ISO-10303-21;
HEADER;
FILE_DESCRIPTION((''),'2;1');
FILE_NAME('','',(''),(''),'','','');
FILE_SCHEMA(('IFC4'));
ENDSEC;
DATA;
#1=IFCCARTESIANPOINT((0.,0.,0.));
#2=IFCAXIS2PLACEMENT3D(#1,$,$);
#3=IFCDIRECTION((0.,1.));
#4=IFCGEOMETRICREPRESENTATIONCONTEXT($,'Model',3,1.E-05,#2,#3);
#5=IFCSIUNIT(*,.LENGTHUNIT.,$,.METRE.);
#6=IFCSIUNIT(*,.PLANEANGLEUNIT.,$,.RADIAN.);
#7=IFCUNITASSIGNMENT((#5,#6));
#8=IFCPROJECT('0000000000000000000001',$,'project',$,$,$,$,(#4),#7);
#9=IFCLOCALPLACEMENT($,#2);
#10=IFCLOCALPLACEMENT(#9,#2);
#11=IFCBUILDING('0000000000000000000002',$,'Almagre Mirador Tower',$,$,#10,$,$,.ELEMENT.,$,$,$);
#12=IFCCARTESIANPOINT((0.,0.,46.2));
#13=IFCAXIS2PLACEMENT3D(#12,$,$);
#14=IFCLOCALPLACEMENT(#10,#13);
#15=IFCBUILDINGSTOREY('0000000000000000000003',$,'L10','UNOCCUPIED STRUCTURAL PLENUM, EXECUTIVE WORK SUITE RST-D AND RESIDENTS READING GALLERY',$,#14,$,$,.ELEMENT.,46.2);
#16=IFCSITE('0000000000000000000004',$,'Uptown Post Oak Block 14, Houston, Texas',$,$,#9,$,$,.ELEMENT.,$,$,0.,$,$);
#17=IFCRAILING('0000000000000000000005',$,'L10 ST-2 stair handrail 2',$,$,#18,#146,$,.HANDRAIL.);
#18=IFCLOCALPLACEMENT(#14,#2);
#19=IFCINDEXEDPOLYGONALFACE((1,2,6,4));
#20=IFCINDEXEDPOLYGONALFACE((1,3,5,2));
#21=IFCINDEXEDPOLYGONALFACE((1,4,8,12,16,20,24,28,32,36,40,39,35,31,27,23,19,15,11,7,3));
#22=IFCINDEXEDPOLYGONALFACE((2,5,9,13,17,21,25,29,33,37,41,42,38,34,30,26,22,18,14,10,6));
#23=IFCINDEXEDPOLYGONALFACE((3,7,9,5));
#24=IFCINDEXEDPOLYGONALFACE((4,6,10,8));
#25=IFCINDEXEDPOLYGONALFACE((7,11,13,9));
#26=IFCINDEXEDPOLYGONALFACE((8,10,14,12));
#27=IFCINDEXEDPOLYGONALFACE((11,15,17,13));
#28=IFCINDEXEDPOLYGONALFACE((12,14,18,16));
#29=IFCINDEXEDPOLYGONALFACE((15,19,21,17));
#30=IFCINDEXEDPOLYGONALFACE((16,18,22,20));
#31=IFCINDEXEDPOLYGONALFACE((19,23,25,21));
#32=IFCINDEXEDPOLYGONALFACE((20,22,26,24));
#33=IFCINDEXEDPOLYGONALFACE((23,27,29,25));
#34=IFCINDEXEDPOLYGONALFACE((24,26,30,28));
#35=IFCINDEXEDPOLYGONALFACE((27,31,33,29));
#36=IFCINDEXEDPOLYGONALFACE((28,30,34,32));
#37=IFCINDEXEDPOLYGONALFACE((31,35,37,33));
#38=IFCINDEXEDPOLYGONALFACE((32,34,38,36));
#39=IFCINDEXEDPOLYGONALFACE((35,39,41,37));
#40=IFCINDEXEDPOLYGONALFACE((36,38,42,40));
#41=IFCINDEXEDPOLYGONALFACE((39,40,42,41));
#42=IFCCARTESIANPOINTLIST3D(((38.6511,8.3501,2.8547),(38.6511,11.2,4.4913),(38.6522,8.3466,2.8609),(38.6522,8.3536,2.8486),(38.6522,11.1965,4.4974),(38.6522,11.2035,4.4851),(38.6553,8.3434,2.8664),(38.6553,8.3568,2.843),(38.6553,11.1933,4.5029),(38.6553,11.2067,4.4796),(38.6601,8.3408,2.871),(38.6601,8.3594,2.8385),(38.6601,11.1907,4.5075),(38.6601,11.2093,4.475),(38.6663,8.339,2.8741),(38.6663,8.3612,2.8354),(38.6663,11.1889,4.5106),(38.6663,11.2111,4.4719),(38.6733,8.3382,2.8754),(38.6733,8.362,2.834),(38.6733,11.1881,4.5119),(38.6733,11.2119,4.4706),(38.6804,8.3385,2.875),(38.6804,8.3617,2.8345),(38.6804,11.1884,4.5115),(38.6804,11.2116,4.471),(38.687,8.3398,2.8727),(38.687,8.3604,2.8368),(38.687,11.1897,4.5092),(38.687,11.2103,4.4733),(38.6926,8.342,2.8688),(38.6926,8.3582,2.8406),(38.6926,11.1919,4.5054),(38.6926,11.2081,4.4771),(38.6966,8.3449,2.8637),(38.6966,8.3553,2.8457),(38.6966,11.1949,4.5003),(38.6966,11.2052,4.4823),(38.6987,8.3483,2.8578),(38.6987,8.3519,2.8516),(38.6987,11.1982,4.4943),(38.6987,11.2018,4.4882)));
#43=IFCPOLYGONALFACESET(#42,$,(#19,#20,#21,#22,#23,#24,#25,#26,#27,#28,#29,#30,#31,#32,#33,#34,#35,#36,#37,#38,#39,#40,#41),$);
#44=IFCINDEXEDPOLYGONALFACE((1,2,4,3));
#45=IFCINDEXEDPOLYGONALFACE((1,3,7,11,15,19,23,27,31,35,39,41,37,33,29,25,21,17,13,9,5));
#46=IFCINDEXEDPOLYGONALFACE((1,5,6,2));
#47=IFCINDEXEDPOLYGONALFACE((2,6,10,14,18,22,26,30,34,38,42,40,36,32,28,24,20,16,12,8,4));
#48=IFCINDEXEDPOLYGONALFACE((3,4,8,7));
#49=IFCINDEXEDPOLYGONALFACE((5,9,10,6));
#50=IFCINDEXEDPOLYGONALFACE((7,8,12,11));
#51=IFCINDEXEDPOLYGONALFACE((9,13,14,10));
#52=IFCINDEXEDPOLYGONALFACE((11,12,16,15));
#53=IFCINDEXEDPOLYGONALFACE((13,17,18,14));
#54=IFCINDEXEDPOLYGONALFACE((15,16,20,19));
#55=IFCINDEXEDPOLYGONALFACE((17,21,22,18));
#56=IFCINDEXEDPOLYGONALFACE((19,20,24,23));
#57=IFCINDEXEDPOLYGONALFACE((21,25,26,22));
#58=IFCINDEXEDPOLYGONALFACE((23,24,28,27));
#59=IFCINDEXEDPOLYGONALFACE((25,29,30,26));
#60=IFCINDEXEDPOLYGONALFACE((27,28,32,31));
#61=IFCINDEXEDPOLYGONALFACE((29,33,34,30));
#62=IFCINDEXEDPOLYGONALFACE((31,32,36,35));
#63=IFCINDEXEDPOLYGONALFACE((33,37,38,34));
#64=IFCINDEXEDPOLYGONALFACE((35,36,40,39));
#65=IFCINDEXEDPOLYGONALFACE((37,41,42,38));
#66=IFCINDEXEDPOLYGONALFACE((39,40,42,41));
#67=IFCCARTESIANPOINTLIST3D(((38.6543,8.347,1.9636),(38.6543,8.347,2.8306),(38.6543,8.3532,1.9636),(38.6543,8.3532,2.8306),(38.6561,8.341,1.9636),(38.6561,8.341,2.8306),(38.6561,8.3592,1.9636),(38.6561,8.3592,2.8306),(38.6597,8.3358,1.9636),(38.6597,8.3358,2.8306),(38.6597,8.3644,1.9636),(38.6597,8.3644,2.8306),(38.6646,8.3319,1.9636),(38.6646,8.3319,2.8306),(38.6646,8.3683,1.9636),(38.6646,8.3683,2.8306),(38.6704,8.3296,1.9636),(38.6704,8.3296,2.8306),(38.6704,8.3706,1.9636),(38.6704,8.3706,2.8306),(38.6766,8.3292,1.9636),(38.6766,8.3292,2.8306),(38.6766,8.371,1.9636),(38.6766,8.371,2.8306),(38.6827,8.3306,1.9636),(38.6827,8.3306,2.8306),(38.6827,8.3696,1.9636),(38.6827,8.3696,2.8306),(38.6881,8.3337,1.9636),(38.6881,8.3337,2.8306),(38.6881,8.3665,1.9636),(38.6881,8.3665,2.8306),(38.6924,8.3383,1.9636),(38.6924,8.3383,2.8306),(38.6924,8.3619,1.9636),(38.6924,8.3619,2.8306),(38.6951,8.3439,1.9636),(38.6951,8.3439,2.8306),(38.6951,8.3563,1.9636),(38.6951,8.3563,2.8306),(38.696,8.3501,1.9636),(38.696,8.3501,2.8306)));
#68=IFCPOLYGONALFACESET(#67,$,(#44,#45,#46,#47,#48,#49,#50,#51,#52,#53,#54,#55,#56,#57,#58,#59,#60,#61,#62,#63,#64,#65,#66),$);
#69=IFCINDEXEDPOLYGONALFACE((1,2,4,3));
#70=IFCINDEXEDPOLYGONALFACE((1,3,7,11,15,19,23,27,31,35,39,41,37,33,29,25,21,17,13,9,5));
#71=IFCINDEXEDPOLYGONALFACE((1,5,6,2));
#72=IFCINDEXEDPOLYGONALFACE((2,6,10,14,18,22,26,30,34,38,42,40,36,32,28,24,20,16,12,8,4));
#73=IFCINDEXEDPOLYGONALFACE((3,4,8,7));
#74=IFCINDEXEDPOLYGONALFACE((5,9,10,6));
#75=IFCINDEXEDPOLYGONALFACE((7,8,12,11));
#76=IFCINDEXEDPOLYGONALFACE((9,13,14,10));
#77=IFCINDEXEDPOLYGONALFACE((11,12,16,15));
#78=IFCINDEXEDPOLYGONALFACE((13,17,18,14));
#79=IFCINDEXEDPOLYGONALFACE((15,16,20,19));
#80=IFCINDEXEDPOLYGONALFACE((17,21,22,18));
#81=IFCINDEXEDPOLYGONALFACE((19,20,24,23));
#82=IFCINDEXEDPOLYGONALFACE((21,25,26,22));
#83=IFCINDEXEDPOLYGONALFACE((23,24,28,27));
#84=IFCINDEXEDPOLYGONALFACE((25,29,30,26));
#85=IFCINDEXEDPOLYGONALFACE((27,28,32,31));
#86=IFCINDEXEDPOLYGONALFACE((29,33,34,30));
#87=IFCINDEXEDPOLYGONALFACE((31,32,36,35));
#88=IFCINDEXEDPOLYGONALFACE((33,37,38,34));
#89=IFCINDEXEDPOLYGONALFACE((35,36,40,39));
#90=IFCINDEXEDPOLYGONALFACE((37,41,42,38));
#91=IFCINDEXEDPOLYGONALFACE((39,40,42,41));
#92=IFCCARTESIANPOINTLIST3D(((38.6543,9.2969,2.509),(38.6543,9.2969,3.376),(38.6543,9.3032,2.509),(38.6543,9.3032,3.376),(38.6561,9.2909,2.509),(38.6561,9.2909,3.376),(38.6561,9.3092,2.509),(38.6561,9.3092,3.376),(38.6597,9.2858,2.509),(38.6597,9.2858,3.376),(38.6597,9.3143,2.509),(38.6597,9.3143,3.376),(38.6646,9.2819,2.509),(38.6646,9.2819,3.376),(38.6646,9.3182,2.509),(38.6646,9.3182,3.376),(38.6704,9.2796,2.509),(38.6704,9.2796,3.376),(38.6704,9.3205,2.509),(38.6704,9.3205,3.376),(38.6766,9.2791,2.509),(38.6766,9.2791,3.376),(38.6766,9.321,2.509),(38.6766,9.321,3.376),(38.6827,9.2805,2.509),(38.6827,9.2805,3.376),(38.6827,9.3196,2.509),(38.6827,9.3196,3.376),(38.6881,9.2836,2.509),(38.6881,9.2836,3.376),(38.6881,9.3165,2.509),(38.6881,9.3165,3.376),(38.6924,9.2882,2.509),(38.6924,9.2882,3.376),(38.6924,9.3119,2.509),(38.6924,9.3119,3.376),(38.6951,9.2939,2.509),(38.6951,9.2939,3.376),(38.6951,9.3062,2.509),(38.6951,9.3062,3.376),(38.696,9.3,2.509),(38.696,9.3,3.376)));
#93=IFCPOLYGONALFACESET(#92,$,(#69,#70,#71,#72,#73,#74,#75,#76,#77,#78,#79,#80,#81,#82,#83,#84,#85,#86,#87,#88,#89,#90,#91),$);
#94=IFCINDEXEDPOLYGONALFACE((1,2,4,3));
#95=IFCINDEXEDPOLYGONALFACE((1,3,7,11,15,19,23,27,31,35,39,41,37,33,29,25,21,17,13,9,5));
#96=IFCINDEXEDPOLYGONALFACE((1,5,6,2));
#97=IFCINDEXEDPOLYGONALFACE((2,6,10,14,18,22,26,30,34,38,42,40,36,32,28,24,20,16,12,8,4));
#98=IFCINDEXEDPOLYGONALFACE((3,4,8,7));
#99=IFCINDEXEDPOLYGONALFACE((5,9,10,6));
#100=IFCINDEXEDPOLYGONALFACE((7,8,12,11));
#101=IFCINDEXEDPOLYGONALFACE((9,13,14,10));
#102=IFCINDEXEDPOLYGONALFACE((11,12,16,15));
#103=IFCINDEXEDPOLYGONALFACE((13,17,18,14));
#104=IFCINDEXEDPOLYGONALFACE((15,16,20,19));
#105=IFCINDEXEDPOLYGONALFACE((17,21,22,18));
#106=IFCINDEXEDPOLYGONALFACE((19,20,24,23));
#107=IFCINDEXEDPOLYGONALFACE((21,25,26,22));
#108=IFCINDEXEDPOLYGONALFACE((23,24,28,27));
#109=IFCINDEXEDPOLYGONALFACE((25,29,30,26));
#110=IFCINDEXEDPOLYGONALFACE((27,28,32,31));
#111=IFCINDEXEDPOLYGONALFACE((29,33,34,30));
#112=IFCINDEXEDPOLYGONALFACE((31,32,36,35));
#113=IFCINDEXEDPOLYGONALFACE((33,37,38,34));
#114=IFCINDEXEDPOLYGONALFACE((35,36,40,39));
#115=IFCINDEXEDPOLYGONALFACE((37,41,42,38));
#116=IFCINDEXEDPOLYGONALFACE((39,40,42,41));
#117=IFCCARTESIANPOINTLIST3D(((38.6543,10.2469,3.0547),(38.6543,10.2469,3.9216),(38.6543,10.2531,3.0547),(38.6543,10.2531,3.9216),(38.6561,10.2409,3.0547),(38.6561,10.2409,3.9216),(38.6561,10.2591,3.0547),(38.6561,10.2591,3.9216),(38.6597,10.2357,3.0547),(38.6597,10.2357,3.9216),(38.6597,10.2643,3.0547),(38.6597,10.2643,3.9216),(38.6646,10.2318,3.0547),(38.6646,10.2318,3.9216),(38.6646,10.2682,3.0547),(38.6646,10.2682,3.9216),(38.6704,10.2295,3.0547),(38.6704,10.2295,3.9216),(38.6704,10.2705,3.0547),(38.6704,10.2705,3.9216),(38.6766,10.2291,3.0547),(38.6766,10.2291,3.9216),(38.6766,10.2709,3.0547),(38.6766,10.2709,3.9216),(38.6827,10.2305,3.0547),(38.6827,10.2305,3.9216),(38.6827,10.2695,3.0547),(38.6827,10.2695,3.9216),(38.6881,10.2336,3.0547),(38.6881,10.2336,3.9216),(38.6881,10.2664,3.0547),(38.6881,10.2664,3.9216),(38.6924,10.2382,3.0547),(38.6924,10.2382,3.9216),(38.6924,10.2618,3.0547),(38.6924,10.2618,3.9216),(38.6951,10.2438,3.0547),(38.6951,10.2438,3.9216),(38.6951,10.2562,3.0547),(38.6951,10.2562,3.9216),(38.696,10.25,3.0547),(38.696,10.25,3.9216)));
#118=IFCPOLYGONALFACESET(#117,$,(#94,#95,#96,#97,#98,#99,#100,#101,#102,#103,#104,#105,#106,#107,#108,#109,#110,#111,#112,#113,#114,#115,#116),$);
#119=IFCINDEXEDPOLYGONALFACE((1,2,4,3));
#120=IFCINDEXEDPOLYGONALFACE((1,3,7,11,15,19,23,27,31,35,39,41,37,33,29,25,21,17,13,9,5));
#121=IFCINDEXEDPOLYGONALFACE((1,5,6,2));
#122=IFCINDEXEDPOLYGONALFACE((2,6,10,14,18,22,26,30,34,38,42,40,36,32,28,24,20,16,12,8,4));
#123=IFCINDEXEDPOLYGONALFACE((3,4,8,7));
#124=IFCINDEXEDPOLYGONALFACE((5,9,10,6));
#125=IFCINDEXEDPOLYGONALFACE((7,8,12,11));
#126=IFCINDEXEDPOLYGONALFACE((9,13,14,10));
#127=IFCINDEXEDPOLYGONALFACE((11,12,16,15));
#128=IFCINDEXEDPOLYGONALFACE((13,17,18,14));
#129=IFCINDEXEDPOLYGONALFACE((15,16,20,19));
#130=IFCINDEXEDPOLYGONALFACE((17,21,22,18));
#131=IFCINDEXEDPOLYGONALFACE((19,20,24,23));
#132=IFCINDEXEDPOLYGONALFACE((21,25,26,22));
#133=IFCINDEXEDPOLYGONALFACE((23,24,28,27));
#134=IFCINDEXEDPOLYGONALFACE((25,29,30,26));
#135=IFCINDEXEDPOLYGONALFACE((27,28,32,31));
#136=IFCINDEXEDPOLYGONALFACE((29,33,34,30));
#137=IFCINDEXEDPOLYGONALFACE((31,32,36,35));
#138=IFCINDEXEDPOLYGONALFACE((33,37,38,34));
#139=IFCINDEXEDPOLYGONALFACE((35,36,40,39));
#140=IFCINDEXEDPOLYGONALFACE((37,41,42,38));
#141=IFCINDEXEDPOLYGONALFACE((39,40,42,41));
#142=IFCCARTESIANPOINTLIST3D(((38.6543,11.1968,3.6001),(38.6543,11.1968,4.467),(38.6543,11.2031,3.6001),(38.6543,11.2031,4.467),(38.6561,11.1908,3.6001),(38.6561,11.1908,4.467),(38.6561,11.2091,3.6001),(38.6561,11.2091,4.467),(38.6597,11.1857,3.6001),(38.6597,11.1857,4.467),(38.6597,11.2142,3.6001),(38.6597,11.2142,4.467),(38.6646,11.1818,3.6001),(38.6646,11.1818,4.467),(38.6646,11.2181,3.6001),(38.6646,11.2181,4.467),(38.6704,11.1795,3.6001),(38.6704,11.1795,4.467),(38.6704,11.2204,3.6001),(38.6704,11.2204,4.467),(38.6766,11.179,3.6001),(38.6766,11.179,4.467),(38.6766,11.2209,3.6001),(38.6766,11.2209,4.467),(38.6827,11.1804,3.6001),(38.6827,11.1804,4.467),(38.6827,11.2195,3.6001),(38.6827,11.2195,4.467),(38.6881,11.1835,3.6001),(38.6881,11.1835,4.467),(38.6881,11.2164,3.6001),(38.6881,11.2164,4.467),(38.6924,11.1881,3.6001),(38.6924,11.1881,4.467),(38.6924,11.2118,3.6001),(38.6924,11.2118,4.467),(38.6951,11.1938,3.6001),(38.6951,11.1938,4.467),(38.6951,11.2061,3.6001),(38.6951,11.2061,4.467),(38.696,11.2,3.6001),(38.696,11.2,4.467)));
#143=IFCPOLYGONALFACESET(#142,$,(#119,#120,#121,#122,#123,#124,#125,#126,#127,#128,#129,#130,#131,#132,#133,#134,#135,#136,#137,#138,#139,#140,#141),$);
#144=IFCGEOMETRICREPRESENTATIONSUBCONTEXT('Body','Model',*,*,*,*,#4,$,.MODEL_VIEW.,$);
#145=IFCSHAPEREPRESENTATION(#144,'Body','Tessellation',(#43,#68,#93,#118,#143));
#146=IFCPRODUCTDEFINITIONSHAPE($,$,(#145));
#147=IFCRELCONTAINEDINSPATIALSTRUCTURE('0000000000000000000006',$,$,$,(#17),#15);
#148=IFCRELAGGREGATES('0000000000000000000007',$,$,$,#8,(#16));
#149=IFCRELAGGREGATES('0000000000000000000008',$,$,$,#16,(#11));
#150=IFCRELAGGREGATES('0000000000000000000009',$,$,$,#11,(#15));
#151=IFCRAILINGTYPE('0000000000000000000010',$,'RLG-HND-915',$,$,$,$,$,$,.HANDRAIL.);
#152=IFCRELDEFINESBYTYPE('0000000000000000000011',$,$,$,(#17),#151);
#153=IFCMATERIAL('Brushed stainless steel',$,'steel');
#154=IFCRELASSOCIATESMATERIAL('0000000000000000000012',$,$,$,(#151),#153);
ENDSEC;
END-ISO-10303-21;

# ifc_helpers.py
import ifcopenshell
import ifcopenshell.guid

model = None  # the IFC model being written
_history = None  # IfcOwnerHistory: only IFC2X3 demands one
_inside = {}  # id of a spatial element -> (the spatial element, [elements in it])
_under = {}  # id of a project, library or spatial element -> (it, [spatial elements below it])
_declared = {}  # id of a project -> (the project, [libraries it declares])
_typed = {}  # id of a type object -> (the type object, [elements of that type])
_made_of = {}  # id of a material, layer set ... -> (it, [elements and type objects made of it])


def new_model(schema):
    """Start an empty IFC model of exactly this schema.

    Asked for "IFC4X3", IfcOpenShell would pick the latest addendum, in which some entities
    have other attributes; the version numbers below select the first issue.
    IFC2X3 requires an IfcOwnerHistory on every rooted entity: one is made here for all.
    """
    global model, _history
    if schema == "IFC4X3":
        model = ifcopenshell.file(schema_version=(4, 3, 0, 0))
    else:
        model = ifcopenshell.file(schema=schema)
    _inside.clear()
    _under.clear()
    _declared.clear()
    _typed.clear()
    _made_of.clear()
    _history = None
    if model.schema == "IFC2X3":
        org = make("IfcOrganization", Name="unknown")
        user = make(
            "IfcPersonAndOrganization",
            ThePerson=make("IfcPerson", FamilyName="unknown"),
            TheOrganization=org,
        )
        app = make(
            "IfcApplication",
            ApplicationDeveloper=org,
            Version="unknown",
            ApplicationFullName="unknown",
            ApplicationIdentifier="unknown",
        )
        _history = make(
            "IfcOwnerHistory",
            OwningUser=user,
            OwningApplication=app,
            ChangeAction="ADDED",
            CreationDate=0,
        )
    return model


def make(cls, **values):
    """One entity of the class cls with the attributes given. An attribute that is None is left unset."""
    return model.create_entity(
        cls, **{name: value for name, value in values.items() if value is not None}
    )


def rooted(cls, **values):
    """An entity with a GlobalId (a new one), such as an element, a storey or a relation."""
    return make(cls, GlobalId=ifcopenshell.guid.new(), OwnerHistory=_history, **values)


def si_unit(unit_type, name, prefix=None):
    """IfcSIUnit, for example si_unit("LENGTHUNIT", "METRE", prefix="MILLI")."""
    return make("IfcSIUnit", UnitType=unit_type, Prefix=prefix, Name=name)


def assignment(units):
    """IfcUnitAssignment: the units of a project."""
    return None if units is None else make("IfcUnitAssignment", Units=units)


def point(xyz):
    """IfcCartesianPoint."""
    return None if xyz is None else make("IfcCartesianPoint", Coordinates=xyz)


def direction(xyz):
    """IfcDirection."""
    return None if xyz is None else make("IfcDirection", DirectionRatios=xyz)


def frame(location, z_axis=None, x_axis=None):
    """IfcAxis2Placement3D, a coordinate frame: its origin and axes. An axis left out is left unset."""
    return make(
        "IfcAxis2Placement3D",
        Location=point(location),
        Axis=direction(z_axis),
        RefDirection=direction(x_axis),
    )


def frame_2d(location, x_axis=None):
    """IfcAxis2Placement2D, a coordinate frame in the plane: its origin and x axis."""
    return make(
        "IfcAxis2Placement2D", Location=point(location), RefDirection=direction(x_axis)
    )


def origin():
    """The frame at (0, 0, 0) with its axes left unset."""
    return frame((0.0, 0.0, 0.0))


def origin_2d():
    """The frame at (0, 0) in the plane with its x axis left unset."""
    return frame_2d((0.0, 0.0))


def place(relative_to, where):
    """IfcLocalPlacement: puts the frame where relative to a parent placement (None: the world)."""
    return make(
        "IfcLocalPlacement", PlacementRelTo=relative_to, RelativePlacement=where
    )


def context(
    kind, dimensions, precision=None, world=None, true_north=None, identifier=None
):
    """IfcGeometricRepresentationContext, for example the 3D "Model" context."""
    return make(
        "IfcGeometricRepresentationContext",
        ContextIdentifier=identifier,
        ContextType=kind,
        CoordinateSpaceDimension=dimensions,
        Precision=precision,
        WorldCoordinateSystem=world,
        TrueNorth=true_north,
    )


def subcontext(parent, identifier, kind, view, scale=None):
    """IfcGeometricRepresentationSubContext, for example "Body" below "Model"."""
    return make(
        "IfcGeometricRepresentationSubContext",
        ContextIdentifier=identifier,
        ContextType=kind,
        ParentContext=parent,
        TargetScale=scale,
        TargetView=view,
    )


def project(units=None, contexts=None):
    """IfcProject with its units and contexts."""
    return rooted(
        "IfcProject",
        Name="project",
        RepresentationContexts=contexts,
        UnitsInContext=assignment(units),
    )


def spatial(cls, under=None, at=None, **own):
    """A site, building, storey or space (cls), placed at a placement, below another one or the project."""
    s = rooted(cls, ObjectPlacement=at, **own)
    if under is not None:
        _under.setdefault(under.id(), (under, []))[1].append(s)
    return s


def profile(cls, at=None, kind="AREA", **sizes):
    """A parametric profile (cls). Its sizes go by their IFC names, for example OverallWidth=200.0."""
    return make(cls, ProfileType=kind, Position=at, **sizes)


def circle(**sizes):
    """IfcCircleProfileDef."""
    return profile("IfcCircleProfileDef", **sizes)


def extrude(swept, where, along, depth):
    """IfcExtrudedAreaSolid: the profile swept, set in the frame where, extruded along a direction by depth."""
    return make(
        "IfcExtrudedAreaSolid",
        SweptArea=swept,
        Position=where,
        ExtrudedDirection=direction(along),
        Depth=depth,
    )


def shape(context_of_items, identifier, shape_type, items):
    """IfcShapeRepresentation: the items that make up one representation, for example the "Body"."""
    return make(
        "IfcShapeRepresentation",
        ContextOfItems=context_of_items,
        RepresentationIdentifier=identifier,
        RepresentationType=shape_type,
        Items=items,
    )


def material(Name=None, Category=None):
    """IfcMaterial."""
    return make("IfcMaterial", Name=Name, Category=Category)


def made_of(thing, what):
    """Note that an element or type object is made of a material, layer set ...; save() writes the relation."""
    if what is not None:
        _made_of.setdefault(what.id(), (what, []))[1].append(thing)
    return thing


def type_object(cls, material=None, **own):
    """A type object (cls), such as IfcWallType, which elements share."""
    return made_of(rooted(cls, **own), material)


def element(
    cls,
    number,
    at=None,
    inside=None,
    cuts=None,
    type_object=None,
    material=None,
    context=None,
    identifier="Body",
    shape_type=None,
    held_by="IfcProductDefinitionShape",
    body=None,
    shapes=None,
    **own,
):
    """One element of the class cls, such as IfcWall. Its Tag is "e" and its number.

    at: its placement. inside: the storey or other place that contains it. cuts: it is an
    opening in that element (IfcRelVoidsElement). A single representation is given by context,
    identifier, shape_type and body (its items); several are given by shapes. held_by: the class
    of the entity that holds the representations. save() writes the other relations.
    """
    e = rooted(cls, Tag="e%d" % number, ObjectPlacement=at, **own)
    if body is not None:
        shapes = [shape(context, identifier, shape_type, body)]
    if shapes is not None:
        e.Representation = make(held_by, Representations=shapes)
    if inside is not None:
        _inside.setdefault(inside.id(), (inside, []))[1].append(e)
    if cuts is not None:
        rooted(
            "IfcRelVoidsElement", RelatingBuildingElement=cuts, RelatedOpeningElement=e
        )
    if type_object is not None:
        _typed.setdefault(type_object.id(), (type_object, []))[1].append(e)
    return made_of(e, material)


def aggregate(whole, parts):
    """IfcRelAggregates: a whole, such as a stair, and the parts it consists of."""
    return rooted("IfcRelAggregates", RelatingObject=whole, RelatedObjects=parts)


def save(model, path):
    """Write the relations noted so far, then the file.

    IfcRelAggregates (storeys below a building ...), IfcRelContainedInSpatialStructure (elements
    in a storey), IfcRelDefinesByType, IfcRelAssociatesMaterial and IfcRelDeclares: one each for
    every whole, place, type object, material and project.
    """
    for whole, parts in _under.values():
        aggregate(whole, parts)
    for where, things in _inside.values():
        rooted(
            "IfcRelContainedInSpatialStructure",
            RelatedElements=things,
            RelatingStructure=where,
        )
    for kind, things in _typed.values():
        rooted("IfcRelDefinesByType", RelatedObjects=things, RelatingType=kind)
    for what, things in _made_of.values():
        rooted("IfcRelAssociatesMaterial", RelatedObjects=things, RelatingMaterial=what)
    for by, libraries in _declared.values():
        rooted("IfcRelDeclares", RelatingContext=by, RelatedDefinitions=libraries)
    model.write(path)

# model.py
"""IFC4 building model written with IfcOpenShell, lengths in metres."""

from ifc_helpers import new_model, si_unit, direction, frame, origin, origin_2d, place, context, subcontext, project, spatial, circle, extrude, material, type_object, element, save


model = new_model("IFC4")

# Units and contexts
model_context = context("Model", 3, precision=1e-05, world=origin(), true_north=direction((0.0, 1.0)))
body_context = subcontext(model_context, "Body", "Model", "MODEL_VIEW")
ifc_project = project(units=[si_unit("LENGTHUNIT", "METRE"), si_unit("PLANEANGLEUNIT", "RADIAN")], contexts=[model_context])

# Site, building, storey
site_placement = place(None, origin())
site = spatial("IfcSite", under=ifc_project, at=site_placement, Name="Uptown Post Oak Block 14, Houston, Texas", CompositionType="ELEMENT", RefElevation=0.0)
building_placement = place(site_placement, origin())
building = spatial("IfcBuilding", under=site, at=building_placement, Name="Almagre Mirador Tower", CompositionType="ELEMENT")
storey_placement = place(building_placement, frame((0.0, 0.0, 46.2)))
storey = spatial("IfcBuildingStorey", under=building, at=storey_placement, Name="L10", Description="UNOCCUPIED STRUCTURAL PLENUM, EXECUTIVE WORK SUITE RST-D AND RESIDENTS READING GALLERY", CompositionType="ELEMENT", Elevation=46.2)

# Railing
ifc_material_1 = material(Name="Brushed stainless steel", Category="steel")
railing_type_1 = type_object("IfcRailingType", Name="RLG-HND-915", PredefinedType="HANDRAIL", material=ifc_material_1)
railing_1_placement = place(storey_placement, frame((38.675, 8.3501, 1.9636)))
element("IfcRailing", 1, at=railing_1_placement, inside=storey, type_object=railing_type_1, Name="L10 ST-2 stair handrail 2", PredefinedType="HANDRAIL", context=body_context, shape_type="SweptSolid", body=[
    extrude(circle(Radius=0.0239, at=origin_2d()), frame((0.0, 0.0, 0.8911), z_axis=(0.0, 0.867194, 0.49797), x_axis=(-1.0, 0.0, 0.0)), (0.0, 0.0, 1.0), 3.2864),
    extrude(circle(Radius=0.021, at=origin_2d()), origin(), (0.0, 0.0, 1.0), 0.8669),
    extrude(circle(Radius=0.021, at=origin_2d()), frame((0.0, 0.95, 0.5454)), (0.0, 0.0, 1.0), 0.8669),
    extrude(circle(Radius=0.021, at=origin_2d()), frame((0.0, 1.8999, 1.0911)), (0.0, 0.0, 1.0), 0.8669),
    extrude(circle(Radius=0.021, at=origin_2d()), frame((0.0, 2.8499, 1.6365)), (0.0, 0.0, 1.0), 0.8669),
])

save(model, "model.ifc")
